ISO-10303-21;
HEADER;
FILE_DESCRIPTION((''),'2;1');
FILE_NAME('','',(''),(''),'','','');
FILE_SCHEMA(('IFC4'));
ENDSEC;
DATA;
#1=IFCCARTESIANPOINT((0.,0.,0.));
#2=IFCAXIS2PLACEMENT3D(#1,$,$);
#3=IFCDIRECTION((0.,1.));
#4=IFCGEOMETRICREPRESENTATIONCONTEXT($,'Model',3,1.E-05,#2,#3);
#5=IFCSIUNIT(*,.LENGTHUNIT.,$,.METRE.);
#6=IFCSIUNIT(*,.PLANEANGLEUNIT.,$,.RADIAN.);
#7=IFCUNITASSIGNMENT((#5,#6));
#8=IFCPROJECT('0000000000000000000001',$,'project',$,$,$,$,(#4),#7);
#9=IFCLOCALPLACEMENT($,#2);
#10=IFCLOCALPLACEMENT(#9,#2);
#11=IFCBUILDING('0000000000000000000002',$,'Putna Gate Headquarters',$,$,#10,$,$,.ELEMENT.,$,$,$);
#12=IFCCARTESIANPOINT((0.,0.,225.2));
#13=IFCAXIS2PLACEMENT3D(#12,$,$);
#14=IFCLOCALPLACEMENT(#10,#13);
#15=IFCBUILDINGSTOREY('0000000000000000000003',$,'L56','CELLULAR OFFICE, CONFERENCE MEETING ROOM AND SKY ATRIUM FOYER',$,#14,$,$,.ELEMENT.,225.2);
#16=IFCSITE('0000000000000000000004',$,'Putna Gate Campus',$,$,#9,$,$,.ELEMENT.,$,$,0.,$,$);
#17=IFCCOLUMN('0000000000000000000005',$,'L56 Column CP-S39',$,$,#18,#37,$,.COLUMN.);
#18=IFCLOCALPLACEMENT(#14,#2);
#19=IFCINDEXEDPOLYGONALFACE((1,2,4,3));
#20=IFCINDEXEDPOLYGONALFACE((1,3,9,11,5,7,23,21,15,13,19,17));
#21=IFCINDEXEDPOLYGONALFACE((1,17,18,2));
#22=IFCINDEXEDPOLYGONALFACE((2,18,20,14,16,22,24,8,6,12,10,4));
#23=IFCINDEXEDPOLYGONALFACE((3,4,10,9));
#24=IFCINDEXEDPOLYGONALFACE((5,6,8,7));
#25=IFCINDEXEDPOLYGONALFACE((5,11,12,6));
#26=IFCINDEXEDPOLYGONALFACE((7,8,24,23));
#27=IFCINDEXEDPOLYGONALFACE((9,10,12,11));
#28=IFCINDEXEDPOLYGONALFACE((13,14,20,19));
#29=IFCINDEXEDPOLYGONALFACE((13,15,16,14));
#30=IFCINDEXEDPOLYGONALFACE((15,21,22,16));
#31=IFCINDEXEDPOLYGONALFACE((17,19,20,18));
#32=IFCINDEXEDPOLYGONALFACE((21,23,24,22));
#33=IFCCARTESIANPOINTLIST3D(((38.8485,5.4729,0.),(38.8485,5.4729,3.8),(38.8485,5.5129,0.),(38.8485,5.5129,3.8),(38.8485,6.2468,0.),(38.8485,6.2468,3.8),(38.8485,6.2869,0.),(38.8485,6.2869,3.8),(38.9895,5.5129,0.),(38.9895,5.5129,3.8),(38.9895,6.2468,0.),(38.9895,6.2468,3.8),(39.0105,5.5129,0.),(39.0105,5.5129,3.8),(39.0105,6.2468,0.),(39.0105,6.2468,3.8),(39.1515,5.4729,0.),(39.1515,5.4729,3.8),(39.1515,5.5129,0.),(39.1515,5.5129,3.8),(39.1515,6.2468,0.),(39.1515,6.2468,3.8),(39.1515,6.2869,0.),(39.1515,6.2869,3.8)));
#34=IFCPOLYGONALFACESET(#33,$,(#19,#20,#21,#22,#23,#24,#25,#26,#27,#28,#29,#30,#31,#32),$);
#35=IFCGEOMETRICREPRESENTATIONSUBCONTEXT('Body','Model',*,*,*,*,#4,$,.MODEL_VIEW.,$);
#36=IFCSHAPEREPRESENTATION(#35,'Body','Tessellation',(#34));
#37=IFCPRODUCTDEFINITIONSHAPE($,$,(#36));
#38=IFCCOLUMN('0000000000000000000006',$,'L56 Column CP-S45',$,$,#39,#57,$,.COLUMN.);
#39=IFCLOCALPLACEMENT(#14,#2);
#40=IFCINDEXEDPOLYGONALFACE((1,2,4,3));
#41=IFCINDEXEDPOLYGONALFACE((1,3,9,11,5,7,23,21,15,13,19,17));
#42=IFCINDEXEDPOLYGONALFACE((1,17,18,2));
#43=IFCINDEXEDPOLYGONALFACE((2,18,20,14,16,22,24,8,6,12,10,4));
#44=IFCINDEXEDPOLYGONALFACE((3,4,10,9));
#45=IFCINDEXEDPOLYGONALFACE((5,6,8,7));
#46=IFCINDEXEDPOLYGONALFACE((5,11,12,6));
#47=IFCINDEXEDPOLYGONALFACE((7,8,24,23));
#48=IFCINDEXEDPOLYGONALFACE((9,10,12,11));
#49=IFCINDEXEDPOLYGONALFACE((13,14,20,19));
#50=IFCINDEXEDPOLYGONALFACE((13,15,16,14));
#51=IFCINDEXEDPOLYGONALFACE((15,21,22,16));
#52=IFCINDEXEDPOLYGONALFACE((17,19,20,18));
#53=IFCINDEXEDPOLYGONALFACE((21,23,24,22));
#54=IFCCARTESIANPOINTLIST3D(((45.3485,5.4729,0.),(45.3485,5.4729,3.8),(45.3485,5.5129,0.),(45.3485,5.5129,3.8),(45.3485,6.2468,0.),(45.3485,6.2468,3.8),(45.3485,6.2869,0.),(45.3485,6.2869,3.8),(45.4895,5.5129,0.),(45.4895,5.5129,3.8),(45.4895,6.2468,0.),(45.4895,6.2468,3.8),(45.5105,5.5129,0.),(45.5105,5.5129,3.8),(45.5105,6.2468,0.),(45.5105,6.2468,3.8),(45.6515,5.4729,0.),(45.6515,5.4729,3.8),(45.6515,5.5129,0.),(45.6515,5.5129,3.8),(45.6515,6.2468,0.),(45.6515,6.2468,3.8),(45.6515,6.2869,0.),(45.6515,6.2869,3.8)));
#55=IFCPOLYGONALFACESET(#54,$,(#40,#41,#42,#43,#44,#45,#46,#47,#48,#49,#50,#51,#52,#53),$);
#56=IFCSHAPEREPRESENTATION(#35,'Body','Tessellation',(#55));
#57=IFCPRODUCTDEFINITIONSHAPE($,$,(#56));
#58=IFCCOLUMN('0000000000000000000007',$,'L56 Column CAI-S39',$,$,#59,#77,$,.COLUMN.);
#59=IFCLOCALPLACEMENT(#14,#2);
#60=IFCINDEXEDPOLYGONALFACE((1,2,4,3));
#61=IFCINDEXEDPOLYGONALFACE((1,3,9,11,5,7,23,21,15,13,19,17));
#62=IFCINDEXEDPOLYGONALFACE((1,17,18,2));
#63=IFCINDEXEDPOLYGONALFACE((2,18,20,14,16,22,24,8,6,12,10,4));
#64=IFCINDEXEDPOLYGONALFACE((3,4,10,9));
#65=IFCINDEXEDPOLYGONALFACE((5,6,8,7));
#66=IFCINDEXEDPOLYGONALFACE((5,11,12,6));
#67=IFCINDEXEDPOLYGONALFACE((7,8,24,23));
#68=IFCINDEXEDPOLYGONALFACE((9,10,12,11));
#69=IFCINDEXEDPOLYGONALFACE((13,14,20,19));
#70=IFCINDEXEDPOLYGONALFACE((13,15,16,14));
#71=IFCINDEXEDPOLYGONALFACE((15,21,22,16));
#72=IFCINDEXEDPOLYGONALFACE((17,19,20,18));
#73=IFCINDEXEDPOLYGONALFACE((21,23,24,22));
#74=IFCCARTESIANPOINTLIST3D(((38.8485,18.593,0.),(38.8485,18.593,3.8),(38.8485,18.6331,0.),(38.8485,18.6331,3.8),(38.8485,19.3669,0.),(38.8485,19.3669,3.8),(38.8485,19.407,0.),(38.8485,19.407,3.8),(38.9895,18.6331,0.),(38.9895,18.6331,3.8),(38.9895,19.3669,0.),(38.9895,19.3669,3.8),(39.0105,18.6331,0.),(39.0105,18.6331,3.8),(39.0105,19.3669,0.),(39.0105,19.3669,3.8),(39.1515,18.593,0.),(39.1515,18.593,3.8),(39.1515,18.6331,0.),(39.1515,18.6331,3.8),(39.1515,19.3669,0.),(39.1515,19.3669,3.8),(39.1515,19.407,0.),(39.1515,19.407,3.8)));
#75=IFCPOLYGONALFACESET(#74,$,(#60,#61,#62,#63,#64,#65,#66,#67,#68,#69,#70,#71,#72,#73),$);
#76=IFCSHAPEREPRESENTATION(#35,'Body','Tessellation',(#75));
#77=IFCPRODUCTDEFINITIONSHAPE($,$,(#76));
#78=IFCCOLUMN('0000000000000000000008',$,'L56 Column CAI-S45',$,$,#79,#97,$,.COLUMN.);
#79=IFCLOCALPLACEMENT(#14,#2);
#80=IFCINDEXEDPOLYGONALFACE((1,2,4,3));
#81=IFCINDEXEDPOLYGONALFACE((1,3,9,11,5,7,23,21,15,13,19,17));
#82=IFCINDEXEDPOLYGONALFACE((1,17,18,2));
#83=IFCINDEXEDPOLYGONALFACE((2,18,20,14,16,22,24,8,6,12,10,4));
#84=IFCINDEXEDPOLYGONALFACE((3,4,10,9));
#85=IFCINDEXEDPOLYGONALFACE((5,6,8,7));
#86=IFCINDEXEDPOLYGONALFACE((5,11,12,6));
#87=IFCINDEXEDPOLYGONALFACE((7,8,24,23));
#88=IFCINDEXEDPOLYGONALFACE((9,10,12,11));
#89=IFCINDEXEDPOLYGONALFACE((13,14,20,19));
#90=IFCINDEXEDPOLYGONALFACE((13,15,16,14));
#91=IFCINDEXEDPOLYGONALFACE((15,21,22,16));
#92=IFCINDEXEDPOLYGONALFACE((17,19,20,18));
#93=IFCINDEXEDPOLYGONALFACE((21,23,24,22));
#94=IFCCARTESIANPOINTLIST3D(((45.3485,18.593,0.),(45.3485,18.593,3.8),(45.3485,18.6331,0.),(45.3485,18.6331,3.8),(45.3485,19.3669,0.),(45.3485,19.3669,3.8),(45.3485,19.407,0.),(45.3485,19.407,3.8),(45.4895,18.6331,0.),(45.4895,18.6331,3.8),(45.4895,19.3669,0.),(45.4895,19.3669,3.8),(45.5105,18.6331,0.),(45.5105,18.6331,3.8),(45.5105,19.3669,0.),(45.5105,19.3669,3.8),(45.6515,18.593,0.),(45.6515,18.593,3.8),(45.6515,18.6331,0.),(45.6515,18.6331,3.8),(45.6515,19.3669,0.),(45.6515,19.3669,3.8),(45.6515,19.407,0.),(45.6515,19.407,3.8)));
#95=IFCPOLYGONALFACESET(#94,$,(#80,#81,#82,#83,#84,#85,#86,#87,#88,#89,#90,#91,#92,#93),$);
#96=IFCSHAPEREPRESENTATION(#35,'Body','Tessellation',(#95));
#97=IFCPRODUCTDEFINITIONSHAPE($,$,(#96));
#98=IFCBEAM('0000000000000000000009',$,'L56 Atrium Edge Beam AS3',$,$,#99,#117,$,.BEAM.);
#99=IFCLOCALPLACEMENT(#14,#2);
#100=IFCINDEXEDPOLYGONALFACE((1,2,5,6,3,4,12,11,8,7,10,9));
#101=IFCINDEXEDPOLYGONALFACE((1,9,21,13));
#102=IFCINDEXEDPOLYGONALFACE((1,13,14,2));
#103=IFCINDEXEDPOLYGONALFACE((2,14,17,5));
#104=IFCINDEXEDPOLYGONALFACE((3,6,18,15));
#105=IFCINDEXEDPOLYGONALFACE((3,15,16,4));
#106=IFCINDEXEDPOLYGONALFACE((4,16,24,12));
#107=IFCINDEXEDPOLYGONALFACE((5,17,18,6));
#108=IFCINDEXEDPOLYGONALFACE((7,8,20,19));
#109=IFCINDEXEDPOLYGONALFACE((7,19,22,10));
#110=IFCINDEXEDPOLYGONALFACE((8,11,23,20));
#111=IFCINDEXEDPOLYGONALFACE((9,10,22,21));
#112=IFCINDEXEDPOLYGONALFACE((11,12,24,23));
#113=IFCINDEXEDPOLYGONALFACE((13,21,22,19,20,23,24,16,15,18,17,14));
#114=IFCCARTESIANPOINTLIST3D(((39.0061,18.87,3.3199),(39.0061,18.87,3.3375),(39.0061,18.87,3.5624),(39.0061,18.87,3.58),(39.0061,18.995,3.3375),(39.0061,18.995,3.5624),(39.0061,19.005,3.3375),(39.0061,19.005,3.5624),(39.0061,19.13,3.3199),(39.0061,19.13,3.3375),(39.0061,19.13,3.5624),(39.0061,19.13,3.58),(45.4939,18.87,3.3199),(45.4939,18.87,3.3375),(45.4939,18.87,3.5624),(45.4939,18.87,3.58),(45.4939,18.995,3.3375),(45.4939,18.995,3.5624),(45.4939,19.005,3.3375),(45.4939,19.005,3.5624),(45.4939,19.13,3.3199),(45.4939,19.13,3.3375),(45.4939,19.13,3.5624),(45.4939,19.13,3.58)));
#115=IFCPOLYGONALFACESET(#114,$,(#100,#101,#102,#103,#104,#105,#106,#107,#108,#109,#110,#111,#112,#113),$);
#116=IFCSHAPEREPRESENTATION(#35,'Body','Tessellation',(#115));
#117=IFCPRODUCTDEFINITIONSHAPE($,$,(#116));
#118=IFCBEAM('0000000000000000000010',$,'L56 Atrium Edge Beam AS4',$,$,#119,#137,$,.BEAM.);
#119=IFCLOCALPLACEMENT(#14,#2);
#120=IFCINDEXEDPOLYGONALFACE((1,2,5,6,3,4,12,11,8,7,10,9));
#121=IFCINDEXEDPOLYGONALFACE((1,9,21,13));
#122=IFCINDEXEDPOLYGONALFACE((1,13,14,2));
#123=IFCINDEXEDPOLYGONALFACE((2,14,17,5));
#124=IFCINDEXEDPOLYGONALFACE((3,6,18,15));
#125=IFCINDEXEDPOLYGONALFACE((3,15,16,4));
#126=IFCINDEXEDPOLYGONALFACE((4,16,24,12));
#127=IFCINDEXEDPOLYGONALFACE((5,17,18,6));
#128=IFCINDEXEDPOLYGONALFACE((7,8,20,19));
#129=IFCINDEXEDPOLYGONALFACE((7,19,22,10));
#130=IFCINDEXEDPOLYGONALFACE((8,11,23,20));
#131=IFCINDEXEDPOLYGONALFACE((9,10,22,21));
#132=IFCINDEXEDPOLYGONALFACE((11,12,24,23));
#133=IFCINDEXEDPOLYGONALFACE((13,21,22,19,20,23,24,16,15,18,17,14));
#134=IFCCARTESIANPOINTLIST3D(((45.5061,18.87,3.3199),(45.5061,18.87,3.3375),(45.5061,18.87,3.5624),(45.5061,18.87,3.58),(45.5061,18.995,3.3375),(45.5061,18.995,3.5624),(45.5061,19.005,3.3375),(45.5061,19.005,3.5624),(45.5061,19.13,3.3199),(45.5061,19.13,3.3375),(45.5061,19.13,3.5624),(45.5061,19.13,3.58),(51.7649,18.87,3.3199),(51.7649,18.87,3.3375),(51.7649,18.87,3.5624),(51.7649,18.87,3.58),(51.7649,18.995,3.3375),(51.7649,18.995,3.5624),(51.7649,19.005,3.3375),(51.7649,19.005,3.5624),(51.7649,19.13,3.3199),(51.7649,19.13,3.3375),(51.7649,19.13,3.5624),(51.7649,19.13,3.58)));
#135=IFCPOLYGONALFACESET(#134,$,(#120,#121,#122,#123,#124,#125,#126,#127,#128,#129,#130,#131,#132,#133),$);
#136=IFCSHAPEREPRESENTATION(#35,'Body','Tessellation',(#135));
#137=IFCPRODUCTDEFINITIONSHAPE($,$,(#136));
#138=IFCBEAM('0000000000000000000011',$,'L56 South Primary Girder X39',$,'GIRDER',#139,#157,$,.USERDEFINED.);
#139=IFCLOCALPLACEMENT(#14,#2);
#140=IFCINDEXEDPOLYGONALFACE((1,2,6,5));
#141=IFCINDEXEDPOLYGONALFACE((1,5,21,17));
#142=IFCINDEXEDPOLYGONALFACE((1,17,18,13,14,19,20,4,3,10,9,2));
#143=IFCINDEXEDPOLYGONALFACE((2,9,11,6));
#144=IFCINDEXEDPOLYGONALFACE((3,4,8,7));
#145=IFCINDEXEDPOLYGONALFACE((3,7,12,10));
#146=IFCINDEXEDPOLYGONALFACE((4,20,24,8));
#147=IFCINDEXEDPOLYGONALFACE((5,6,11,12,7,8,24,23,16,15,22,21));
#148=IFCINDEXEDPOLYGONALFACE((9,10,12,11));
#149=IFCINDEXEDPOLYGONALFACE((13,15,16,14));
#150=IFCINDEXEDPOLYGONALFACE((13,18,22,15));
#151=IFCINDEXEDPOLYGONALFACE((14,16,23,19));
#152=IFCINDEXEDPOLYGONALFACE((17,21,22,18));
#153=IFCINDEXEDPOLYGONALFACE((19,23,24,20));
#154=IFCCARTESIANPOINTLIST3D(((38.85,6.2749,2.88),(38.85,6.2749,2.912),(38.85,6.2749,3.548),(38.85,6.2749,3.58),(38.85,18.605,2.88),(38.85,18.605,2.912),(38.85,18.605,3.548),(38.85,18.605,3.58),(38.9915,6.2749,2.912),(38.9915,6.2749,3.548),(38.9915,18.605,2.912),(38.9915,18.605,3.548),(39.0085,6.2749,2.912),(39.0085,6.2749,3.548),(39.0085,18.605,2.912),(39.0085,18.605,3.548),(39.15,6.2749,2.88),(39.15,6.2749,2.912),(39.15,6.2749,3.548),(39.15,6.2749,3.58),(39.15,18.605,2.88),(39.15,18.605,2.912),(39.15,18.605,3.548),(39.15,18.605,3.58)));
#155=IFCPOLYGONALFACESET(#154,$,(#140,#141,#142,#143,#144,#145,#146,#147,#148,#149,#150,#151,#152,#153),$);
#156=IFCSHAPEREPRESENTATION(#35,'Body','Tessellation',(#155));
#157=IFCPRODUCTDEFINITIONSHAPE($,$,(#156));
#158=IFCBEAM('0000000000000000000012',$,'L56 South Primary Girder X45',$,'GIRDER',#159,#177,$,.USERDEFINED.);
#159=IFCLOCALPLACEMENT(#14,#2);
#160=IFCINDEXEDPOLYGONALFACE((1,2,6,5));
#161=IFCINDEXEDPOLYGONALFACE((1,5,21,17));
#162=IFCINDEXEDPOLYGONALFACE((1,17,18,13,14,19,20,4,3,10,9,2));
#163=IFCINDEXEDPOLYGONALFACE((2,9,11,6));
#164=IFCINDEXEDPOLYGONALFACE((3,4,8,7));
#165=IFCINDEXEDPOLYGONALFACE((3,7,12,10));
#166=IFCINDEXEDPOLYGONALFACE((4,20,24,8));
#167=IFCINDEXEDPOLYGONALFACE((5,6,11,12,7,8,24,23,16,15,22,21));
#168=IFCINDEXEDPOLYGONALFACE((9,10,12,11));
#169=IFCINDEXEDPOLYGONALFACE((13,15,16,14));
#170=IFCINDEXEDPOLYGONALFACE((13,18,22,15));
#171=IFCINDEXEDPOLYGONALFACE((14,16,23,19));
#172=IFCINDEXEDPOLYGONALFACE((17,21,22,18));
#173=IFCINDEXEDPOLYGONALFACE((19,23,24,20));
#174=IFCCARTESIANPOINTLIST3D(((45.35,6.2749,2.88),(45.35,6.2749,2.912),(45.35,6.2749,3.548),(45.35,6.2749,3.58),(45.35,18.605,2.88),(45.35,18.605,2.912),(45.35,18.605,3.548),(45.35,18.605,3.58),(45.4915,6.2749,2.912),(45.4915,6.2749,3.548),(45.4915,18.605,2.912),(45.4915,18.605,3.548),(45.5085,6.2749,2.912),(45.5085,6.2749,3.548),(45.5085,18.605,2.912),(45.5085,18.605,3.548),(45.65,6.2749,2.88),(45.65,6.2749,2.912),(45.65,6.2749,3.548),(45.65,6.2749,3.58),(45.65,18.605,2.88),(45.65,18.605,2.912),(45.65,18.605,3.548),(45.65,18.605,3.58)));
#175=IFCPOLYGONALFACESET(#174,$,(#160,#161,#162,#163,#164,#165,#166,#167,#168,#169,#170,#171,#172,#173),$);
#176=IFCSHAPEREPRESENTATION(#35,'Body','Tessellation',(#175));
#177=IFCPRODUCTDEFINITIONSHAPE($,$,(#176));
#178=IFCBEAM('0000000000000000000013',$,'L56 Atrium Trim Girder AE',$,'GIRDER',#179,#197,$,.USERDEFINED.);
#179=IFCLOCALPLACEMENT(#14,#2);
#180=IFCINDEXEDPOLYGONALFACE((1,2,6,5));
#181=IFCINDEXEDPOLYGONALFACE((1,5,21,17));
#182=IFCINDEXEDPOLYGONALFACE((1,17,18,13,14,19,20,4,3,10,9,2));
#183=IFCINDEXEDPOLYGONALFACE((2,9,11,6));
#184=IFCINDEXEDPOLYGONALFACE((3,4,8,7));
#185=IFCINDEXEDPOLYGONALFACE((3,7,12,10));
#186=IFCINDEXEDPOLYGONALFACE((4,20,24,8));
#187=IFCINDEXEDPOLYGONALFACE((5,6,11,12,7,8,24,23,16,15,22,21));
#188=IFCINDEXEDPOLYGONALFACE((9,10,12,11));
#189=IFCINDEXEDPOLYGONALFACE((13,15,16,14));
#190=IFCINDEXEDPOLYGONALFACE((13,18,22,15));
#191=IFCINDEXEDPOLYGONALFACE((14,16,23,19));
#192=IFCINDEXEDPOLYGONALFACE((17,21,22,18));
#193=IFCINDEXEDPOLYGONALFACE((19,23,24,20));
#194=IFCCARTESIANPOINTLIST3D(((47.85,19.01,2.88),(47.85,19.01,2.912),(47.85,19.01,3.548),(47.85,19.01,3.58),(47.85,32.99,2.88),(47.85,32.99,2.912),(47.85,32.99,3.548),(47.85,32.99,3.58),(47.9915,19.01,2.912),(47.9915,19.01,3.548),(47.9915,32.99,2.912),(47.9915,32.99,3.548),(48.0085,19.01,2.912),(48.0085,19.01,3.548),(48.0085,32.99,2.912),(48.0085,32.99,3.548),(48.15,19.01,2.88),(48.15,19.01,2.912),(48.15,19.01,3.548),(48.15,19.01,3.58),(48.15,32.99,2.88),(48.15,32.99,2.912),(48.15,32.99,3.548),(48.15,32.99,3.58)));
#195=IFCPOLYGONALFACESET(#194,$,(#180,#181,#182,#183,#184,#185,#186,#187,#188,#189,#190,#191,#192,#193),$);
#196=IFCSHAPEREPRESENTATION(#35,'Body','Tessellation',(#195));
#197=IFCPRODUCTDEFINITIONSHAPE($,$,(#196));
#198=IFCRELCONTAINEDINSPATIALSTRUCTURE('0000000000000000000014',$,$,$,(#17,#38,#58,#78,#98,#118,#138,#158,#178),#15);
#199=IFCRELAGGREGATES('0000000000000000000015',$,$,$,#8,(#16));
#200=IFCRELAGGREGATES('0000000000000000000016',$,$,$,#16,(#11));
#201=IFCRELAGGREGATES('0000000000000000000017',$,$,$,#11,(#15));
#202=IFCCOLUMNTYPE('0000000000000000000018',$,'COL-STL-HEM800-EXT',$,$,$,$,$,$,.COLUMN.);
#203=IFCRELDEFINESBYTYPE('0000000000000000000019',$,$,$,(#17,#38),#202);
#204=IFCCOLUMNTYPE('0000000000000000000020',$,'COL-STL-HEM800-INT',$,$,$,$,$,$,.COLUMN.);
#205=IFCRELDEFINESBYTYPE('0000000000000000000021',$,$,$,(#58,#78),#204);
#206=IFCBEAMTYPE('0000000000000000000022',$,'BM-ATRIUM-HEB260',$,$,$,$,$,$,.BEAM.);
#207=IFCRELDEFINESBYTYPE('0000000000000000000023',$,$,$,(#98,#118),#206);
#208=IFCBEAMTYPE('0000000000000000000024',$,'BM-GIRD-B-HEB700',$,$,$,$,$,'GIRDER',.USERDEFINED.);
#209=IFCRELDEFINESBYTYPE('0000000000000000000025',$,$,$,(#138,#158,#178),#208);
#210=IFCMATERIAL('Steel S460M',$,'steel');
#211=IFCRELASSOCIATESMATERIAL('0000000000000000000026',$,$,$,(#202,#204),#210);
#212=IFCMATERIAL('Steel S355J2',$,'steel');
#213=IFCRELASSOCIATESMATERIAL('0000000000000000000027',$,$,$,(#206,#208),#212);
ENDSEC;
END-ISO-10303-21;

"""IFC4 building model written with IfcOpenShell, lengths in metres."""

from ifc_helpers import new_model, si_unit, direction, frame, origin, origin_2d, place, context, subcontext, project, spatial, i_section, extrude, material, material_profile, profile_set, type_object, element, save


model = new_model("IFC4")

# Units and contexts
model_context = context("Model", 3, precision=1e-05, world=origin(), true_north=direction((0.0, 1.0)))
body_context = subcontext(model_context, "Body", "Model", "MODEL_VIEW")
ifc_project = project(units=[si_unit("LENGTHUNIT", "METRE"), si_unit("PLANEANGLEUNIT", "RADIAN")], contexts=[model_context])

# Site, building, storey
site_placement = place(None, origin())
site = spatial("IfcSite", under=ifc_project, at=site_placement, Name="Putna Gate Campus", CompositionType="ELEMENT", RefElevation=0.0)
building_placement = place(site_placement, origin())
building = spatial("IfcBuilding", under=site, at=building_placement, Name="Putna Gate Headquarters", CompositionType="ELEMENT")
storey_placement = place(building_placement, frame((0.0, 0.0, 225.2)))
storey = spatial("IfcBuildingStorey", under=building, at=storey_placement, Name="L56", Description="CELLULAR OFFICE, CONFERENCE MEETING ROOM AND SKY ATRIUM FOYER", CompositionType="ELEMENT", Elevation=225.2)

# Columns
ifc_material_1 = material(Name="Steel S460M", Category="steel")
ifc_material_profile_1 = material_profile(ifc_material_1, i_section(OverallWidth=0.303, OverallDepth=0.814, WebThickness=0.021, FlangeThickness=0.04, at=origin_2d()), Name="Steel S460M")
ifc_profile_set_1 = profile_set([ifc_material_profile_1], Name="Steel S460M")
column_type_1 = type_object("IfcColumnType", Name="COL-STL-HEM800-EXT", PredefinedType="COLUMN", material=ifc_profile_set_1)
for number, where, z_axis, x_axis, name in (
    (1, (39.0, 5.8799, 0.0), (0.0, 0.0, 1.0), (1.0, 0.0, 0.0), "L56 Column CP-S39"),
    (2, (45.5, 5.8799, 0.0), (0.0, 0.0, 1.0), (1.0, 0.0, 0.0), "L56 Column CP-S45"),
):
    element("IfcColumn", number, at=place(storey_placement, frame(where, z_axis=z_axis, x_axis=x_axis)), inside=storey, type_object=column_type_1, Name=name, PredefinedType="COLUMN", context=body_context, shape_type="SweptSolid", body=[
        extrude(i_section(OverallWidth=0.303, OverallDepth=0.814, WebThickness=0.021, FlangeThickness=0.04, at=origin_2d()), origin(), (0.0, 0.0, 1.0), 3.8),
    ])
ifc_material_profile_2 = material_profile(ifc_material_1, i_section(OverallWidth=0.303, OverallDepth=0.814, WebThickness=0.021, FlangeThickness=0.04, at=origin_2d()), Name="Steel S460M")
ifc_profile_set_2 = profile_set([ifc_material_profile_2], Name="Steel S460M")
column_type_2 = type_object("IfcColumnType", Name="COL-STL-HEM800-INT", PredefinedType="COLUMN", material=ifc_profile_set_2)
for number, where, z_axis, x_axis, name in (
    (3, (39.0, 19.0, 0.0), (0.0, 0.0, 1.0), (1.0, 0.0, 0.0), "L56 Column CAI-S39"),
    (4, (45.5, 19.0, 0.0), (0.0, 0.0, 1.0), (1.0, 0.0, 0.0), "L56 Column CAI-S45"),
):
    element("IfcColumn", number, at=place(storey_placement, frame(where, z_axis=z_axis, x_axis=x_axis)), inside=storey, type_object=column_type_2, Name=name, PredefinedType="COLUMN", context=body_context, shape_type="SweptSolid", body=[
        extrude(i_section(OverallWidth=0.303, OverallDepth=0.814, WebThickness=0.021, FlangeThickness=0.04, at=origin_2d()), origin(), (0.0, 0.0, 1.0), 3.8),
    ])

# Beams
ifc_material_2 = material(Name="Steel S355J2", Category="steel")
ifc_material_profile_3 = material_profile(ifc_material_2, i_section(OverallWidth=0.26, OverallDepth=0.26, WebThickness=0.01, FlangeThickness=0.0176, at=origin_2d()), Name="Steel S355J2")
ifc_profile_set_3 = profile_set([ifc_material_profile_3], Name="Steel S355J2")
beam_type_1 = type_object("IfcBeamType", Name="BM-ATRIUM-HEB260", PredefinedType="BEAM", material=ifc_profile_set_3)
beam_1_placement = place(storey_placement, frame((39.0061, 19.0, 3.45), z_axis=(1.0, 0.0, 0.0), x_axis=(0.0, 1.0, 0.0)))
element("IfcBeam", 5, at=beam_1_placement, inside=storey, type_object=beam_type_1, Name="L56 Atrium Edge Beam AS3", PredefinedType="BEAM", context=body_context, shape_type="SweptSolid", body=[
    extrude(i_section(OverallWidth=0.26, OverallDepth=0.26, WebThickness=0.01, FlangeThickness=0.0176, at=origin_2d()), origin(), (0.0, 0.0, 1.0), 6.4878),
])
beam_2_placement = place(storey_placement, frame((45.5061, 19.0, 3.45), z_axis=(1.0, 0.0, 0.0), x_axis=(0.0, 1.0, 0.0)))
element("IfcBeam", 6, at=beam_2_placement, inside=storey, type_object=beam_type_1, Name="L56 Atrium Edge Beam AS4", PredefinedType="BEAM", context=body_context, shape_type="SweptSolid", body=[
    extrude(i_section(OverallWidth=0.26, OverallDepth=0.26, WebThickness=0.01, FlangeThickness=0.0176, at=origin_2d()), origin(), (0.0, 0.0, 1.0), 6.2588),
])
ifc_material_profile_4 = material_profile(ifc_material_2, i_section(OverallWidth=0.3, OverallDepth=0.7, WebThickness=0.0171, FlangeThickness=0.032, at=origin_2d()), Name="Steel S355J2")
ifc_profile_set_4 = profile_set([ifc_material_profile_4], Name="Steel S355J2")
beam_type_2 = type_object("IfcBeamType", Name="BM-GIRD-B-HEB700", ElementType="GIRDER", PredefinedType="USERDEFINED", material=ifc_profile_set_4)
for number, where, z_axis, x_axis, name in (
    (7, (39.0, 6.2749, 3.23), (0.0, 1.0, 0.0), (-1.0, 0.0, 0.0), "L56 South Primary Girder X39"),
    (8, (45.5, 6.2749, 3.23), (0.0, 1.0, 0.0), (-1.0, 0.0, 0.0), "L56 South Primary Girder X45"),
):
    element("IfcBeam", number, at=place(storey_placement, frame(where, z_axis=z_axis, x_axis=x_axis)), inside=storey, type_object=beam_type_2, Name=name, ObjectType="GIRDER", PredefinedType="USERDEFINED", context=body_context, shape_type="SweptSolid", body=[
        extrude(i_section(OverallWidth=0.3, OverallDepth=0.7, WebThickness=0.0171, FlangeThickness=0.032, at=origin_2d()), origin(), (0.0, 0.0, 1.0), 12.3301),
    ])
beam_3_placement = place(storey_placement, frame((48.0, 19.01, 3.23), z_axis=(0.0, 1.0, 0.0), x_axis=(-1.0, 0.0, 0.0)))
element("IfcBeam", 9, at=beam_3_placement, inside=storey, type_object=beam_type_2, Name="L56 Atrium Trim Girder AE", ObjectType="GIRDER", PredefinedType="USERDEFINED", context=body_context, shape_type="SweptSolid", body=[
    extrude(i_section(OverallWidth=0.3, OverallDepth=0.7, WebThickness=0.0171, FlangeThickness=0.032, at=origin_2d()), origin(), (0.0, 0.0, 1.0), 13.98),
])

save(model, "model.ifc")
